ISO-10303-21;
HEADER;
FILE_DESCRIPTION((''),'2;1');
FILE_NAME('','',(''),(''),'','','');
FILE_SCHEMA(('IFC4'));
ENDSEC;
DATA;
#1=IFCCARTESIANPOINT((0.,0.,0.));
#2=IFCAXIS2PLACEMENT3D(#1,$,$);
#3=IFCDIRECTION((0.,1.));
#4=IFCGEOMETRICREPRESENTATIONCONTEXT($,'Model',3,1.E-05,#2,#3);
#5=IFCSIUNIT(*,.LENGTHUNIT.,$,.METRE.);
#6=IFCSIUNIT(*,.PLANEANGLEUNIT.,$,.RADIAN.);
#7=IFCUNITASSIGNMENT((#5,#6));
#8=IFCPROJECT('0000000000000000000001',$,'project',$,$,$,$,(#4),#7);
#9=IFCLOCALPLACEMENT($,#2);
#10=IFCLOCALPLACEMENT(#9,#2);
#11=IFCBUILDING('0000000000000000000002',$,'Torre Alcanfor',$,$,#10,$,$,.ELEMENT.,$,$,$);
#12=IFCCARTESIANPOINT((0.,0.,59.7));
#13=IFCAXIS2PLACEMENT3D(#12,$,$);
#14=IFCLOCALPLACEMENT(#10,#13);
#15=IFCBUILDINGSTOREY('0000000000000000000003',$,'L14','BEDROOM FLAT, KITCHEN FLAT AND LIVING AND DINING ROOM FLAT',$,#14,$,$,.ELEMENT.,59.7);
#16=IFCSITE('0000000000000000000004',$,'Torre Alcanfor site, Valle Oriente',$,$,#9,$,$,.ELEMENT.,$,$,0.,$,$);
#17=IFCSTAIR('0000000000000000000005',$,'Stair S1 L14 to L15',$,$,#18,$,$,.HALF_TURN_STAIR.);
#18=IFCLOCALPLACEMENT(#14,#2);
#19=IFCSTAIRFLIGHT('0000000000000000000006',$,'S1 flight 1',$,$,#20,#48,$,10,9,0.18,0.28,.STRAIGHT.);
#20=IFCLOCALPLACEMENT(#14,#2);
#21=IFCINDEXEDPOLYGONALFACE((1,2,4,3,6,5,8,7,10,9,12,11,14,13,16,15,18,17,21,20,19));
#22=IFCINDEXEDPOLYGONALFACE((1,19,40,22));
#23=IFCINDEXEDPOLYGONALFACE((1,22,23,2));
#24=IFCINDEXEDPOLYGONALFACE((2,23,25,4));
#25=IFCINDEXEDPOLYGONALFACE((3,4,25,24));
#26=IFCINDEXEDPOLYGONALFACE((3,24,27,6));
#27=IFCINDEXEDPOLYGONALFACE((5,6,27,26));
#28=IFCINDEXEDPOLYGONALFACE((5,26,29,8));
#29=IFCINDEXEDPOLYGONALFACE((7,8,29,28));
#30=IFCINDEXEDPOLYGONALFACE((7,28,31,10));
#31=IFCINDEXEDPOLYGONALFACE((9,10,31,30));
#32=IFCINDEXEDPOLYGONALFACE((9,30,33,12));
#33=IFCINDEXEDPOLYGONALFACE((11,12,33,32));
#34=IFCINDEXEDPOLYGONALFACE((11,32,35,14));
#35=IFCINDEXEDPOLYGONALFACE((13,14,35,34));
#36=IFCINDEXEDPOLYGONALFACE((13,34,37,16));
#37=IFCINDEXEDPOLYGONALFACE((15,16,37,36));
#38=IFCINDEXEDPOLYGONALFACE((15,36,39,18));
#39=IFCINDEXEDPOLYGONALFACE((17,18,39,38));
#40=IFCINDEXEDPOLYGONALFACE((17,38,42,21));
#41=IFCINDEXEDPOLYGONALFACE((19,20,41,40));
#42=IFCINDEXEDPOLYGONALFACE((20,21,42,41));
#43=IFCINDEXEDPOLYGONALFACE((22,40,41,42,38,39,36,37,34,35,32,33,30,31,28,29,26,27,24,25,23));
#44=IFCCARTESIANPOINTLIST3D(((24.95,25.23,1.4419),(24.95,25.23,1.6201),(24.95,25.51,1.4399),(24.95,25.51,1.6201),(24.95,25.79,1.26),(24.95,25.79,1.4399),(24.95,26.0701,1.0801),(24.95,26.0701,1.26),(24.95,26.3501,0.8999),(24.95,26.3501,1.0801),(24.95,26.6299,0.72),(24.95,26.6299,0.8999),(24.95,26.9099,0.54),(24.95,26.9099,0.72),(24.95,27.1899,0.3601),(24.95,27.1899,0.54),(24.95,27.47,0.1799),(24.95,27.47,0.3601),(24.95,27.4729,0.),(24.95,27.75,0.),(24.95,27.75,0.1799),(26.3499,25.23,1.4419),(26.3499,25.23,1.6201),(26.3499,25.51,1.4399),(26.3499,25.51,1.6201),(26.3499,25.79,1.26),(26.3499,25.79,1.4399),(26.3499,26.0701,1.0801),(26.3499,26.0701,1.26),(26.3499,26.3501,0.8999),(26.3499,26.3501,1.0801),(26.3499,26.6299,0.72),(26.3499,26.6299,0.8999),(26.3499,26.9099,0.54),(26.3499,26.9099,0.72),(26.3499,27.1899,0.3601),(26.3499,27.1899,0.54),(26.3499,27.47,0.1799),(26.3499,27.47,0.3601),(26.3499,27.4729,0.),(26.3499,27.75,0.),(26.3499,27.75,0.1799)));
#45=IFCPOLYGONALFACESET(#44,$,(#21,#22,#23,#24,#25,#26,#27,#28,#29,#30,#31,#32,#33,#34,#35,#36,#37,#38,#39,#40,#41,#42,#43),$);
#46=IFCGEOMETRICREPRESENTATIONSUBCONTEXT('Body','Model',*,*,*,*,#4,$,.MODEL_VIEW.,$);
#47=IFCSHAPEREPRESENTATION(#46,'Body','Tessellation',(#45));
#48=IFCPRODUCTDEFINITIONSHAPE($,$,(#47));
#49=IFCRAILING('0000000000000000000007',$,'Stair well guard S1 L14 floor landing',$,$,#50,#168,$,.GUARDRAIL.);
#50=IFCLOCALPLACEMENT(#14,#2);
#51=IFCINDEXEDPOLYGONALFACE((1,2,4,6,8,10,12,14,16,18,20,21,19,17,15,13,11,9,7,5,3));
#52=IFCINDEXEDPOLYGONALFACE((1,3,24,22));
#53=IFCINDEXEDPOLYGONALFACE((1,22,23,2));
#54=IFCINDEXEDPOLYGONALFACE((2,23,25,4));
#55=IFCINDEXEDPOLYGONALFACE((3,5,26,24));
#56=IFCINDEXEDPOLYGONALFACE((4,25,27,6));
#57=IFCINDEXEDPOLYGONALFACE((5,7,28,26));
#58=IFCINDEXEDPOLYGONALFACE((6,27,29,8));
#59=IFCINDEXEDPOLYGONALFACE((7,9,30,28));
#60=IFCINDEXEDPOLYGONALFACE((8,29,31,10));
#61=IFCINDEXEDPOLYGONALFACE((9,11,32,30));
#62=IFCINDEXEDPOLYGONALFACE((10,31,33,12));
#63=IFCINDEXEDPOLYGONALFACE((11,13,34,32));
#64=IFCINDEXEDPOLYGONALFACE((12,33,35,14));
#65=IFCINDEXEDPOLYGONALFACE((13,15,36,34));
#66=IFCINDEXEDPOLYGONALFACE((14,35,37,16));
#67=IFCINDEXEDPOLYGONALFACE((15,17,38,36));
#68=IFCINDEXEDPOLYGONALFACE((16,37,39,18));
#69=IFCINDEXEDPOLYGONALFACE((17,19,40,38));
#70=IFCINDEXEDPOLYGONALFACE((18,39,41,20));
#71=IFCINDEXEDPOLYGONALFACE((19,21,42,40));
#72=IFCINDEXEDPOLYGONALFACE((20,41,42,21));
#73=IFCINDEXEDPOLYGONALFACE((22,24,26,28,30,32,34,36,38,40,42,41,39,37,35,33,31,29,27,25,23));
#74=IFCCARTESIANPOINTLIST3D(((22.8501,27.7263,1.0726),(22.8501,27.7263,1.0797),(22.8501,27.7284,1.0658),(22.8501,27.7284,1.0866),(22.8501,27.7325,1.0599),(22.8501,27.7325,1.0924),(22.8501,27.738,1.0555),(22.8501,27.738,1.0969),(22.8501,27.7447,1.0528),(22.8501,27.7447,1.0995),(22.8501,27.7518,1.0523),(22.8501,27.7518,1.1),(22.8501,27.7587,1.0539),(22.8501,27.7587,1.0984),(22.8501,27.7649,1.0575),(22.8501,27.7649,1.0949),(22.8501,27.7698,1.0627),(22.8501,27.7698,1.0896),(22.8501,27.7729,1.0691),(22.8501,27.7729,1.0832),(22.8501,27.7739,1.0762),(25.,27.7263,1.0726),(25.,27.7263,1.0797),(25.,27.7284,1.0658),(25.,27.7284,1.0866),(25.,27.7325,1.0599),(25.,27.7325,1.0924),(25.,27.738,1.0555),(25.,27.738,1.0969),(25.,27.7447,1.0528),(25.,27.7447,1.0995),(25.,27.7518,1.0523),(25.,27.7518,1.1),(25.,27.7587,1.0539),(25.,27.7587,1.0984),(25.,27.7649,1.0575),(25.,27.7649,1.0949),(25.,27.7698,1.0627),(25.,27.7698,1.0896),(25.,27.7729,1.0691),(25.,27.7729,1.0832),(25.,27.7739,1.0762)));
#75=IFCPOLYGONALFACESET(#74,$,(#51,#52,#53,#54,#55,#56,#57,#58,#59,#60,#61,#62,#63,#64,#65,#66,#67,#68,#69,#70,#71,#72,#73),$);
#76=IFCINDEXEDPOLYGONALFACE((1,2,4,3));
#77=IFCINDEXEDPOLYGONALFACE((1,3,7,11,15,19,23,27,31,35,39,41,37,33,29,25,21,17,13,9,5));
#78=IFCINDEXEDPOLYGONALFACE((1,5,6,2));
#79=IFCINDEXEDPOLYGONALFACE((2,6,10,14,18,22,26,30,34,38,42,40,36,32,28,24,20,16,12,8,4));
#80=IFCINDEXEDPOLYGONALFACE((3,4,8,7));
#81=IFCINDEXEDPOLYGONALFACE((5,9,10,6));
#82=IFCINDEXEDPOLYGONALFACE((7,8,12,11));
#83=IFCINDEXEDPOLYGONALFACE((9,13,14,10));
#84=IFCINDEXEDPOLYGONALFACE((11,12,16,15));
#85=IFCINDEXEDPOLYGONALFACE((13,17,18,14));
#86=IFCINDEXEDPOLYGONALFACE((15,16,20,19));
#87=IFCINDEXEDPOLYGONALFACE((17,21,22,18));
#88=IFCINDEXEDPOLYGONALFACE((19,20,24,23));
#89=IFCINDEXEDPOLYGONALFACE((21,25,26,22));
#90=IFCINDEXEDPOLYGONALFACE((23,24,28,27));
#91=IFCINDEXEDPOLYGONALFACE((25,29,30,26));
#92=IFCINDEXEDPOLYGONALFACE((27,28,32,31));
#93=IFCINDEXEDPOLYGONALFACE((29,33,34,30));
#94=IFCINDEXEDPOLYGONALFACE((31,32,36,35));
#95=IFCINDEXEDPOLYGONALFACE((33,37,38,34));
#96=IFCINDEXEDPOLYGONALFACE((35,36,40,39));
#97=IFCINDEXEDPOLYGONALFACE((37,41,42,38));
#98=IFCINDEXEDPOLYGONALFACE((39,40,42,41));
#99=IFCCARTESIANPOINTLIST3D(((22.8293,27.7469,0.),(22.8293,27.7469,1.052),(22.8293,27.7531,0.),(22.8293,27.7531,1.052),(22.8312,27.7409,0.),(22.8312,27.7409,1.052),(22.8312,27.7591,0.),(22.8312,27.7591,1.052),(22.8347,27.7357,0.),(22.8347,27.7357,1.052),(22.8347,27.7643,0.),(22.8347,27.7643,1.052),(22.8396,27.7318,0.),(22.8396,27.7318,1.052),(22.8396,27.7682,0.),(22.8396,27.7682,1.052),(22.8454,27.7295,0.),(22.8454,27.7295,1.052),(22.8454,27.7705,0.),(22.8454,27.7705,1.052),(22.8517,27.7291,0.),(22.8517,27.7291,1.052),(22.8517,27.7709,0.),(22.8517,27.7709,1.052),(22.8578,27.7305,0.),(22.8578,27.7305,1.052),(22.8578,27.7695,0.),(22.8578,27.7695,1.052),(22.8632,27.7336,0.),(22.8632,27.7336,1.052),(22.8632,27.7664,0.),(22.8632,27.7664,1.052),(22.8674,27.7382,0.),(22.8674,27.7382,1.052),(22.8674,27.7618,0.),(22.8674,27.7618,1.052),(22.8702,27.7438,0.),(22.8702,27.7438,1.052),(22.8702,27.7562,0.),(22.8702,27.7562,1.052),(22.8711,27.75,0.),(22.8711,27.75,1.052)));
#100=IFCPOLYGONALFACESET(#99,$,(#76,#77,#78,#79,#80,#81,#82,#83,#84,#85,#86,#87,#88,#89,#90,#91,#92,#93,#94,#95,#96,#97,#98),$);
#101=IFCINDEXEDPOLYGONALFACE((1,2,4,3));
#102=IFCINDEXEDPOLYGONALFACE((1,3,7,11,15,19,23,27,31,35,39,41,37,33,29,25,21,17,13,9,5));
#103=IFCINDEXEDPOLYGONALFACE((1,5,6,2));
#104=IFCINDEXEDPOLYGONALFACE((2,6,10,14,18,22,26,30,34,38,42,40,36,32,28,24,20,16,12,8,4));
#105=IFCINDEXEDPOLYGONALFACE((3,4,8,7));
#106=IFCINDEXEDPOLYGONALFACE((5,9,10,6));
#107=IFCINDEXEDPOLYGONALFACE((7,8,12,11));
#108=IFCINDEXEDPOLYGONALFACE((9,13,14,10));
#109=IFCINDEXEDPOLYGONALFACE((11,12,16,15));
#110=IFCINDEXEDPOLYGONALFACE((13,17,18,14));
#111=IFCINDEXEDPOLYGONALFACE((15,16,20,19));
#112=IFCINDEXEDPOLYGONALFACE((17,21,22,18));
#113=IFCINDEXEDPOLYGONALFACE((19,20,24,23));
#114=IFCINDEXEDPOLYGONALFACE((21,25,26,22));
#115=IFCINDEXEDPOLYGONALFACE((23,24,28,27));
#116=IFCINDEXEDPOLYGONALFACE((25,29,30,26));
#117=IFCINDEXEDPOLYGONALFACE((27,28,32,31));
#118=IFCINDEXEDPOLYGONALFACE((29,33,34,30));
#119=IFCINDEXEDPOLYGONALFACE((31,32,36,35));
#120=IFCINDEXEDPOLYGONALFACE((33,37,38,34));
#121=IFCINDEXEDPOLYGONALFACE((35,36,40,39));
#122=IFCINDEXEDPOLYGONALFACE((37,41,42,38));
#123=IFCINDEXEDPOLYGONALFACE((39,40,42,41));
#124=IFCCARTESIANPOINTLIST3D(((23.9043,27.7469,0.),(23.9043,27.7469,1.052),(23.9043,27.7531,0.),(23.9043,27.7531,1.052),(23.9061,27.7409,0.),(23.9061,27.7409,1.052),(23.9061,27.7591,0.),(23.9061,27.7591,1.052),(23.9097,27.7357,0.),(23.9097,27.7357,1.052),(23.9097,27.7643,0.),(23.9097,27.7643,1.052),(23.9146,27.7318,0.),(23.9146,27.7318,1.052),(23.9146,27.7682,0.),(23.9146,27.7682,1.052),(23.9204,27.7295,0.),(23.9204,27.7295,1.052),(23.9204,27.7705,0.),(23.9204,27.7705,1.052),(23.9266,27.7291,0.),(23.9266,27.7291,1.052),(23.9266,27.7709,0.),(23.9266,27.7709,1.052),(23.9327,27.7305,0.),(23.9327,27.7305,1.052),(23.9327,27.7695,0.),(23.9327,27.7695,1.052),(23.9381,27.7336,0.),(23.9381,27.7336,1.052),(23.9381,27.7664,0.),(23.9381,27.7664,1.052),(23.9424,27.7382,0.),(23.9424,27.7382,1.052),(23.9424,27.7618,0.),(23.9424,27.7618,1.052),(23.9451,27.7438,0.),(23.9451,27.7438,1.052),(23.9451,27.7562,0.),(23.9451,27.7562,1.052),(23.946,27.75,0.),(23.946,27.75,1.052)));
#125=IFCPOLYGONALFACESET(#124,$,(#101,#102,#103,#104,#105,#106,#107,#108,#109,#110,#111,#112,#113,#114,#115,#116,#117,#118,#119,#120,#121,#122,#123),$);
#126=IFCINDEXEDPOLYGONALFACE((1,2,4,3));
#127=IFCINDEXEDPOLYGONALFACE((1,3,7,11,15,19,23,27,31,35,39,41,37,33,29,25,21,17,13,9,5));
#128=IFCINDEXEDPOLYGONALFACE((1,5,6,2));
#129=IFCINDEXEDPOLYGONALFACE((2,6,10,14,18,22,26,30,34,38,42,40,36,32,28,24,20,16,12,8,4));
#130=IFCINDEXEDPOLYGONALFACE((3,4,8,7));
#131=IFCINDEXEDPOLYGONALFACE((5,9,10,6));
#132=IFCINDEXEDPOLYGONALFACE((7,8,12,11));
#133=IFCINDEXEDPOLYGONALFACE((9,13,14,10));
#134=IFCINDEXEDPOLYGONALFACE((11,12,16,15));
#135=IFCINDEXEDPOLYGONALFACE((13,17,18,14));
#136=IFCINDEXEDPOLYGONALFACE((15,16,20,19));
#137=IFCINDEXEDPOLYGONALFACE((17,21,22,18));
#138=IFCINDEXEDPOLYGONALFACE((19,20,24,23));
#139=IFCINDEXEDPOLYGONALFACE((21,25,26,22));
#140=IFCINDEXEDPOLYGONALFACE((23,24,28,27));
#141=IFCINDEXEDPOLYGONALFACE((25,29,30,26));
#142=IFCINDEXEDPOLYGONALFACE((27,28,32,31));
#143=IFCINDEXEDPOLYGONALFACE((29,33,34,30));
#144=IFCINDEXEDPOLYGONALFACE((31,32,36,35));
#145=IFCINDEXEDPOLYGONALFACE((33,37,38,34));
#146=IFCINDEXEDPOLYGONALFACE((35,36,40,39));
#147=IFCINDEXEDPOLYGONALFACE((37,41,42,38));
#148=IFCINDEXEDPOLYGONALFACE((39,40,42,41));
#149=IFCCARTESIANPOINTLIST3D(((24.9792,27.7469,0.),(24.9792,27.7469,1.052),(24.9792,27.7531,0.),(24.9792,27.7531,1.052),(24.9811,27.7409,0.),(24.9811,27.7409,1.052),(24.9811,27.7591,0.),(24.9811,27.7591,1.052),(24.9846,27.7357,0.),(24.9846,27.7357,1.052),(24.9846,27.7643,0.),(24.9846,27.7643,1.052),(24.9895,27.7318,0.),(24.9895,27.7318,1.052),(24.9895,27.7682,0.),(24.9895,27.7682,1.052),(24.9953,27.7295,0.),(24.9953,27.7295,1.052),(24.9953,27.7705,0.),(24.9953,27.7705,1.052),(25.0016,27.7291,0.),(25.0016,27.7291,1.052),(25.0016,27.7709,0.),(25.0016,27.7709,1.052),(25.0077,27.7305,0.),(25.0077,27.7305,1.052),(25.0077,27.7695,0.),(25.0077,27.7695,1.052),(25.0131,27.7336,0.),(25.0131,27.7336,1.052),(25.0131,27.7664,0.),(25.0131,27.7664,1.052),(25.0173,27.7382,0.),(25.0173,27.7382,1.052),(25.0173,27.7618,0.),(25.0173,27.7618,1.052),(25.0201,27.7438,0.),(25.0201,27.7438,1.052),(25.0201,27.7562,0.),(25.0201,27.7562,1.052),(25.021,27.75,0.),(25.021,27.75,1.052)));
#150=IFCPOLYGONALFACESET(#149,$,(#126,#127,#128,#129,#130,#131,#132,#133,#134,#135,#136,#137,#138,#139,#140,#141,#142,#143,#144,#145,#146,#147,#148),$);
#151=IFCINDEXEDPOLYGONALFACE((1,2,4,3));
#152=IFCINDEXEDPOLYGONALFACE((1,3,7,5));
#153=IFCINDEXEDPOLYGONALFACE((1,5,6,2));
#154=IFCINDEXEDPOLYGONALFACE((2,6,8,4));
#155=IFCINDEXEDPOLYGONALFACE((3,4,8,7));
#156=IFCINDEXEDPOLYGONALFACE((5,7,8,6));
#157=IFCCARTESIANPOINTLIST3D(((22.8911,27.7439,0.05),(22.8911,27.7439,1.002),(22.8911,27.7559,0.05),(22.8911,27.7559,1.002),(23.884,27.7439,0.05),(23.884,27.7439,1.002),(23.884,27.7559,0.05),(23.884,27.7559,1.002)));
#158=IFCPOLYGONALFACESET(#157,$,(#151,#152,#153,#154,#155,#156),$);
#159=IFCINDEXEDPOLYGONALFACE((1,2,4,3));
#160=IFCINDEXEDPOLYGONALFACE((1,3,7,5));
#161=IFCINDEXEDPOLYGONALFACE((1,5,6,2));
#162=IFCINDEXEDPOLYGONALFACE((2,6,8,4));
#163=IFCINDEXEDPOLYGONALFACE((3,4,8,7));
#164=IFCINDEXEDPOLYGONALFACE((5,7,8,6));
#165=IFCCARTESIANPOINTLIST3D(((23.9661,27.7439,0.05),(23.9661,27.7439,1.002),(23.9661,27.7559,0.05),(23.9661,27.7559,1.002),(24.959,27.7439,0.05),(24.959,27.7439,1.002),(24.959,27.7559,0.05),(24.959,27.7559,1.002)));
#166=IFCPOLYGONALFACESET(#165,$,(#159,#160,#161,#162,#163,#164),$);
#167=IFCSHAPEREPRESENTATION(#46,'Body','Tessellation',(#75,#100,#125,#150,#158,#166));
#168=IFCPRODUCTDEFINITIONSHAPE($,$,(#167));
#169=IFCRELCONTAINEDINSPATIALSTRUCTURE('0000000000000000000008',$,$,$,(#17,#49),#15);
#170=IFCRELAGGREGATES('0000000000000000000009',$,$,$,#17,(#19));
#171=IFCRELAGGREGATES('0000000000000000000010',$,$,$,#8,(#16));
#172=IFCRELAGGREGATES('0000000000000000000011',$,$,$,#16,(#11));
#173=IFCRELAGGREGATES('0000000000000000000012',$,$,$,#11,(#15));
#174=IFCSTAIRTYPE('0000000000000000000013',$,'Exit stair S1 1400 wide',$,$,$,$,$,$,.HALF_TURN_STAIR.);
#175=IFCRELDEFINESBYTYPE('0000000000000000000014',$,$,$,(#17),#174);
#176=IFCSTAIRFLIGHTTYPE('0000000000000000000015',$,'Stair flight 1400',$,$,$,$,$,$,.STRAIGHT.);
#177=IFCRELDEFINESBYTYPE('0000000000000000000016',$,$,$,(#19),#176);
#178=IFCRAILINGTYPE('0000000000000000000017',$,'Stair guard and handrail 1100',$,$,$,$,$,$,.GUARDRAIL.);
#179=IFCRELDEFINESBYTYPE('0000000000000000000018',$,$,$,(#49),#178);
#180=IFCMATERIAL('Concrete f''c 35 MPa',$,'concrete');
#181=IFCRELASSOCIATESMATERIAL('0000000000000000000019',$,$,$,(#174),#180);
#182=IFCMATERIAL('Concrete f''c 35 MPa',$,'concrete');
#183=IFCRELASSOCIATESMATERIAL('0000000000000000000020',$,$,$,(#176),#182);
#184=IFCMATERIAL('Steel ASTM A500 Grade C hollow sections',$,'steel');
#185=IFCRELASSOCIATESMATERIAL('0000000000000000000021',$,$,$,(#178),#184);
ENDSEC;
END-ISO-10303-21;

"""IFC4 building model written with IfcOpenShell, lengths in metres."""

from ifc_helpers import new_model, si_unit, direction, frame, origin, origin_2d, place, context, subcontext, project, spatial, polyline, circle, outline, extrude, material, type_object, element, aggregate, save


model = new_model("IFC4")

# Units and contexts
model_context = context("Model", 3, precision=1e-05, world=origin(), true_north=direction((0.0, 1.0)))
body_context = subcontext(model_context, "Body", "Model", "MODEL_VIEW")
ifc_project = project(units=[si_unit("LENGTHUNIT", "METRE"), si_unit("PLANEANGLEUNIT", "RADIAN")], contexts=[model_context])

# Site, building, storey
site_placement = place(None, origin())
site = spatial("IfcSite", under=ifc_project, at=site_placement, Name="Torre Alcanfor site, Valle Oriente", CompositionType="ELEMENT", RefElevation=0.0)
building_placement = place(site_placement, origin())
building = spatial("IfcBuilding", under=site, at=building_placement, Name="Torre Alcanfor", CompositionType="ELEMENT")
storey_placement = place(building_placement, frame((0.0, 0.0, 59.7)))
storey = spatial("IfcBuildingStorey", under=building, at=storey_placement, Name="L14", Description="BEDROOM FLAT, KITCHEN FLAT AND LIVING AND DINING ROOM FLAT", CompositionType="ELEMENT", Elevation=59.7)

# Stair, stair flight
ifc_material_1 = material(Name="Concrete f'c 35 MPa", Category="concrete")
stair_type = type_object("IfcStairType", Name="Exit stair S1 1400 wide", PredefinedType="HALF_TURN_STAIR", material=ifc_material_1)
stair_placement = place(storey_placement, origin())
stair = element("IfcStair", 1, at=stair_placement, inside=storey, type_object=stair_type, Name="Stair S1 L14 to L15", PredefinedType="HALF_TURN_STAIR")
ifc_material_2 = material(Name="Concrete f'c 35 MPa", Category="concrete")
stair_flight_type = type_object("IfcStairFlightType", Name="Stair flight 1400", PredefinedType="STRAIGHT", material=ifc_material_2)
stair_flight_placement = place(storey_placement, frame((25.6499, 27.75, 0.0), z_axis=(0.0, 0.0, 1.0), x_axis=(0.0, -1.0, 0.0)))
stair_flight = element("IfcStairFlight", 2, at=stair_flight_placement, type_object=stair_flight_type, Name="S1 flight 1", NumberOfRisers=10, NumberOfTreads=9, PredefinedType="STRAIGHT", RiserHeight=0.18, TreadLength=0.28, context=body_context, shape_type="SweptSolid", body=[
    extrude(outline(polyline([(0.0, 0.0), (0.0, 0.1799), (0.28, 0.1799), (0.28, 0.3601), (0.5601, 0.3601), (0.5601, 0.54), (0.8401, 0.54), (0.8401, 0.72), (1.1201, 0.72), (1.1201, 0.8999), (1.3999, 0.8999), (1.3999, 1.0801), (1.6799, 1.0801), (1.6799, 1.26), (1.96, 1.26), (1.96, 1.4399), (2.24, 1.4399), (2.24, 1.6201), (2.52, 1.6201), (2.52, 1.8), (2.52, 1.4419), (0.2771, 0.0), (0.0, 0.0)])), frame((0.0, 0.7, 0.0), z_axis=(0.0, -1.0, 0.0), x_axis=(1.0, 0.0, 0.0)), (0.0, 0.0, 1.0), 1.3999),
])
aggregate(stair, [stair_flight])

# Railing
ifc_material_3 = material(Name="Steel ASTM A500 Grade C hollow sections", Category="steel")
railing_type_1 = type_object("IfcRailingType", Name="Stair guard and handrail 1100", PredefinedType="GUARDRAIL", material=ifc_material_3)
railing_1_placement = place(storey_placement, frame((22.8501, 27.75, 0.0)))
element("IfcRailing", 3, at=railing_1_placement, inside=storey, type_object=railing_type_1, Name="Stair well guard S1 L14 floor landing", PredefinedType="GUARDRAIL", context=body_context, shape_type="SweptSolid", body=[
    extrude(circle(Radius=0.0239, at=origin_2d()), frame((0.0, 0.0, 1.0762), z_axis=(1.0, 0.0, 0.0), x_axis=(0.0, 1.0, 0.0)), (0.0, 0.0, 1.0), 2.1499),
    extrude(circle(Radius=0.021, at=origin_2d()), origin(), (0.0, 0.0, 1.0), 1.052),
    extrude(circle(Radius=0.021, at=origin_2d()), frame((1.075, 0.0, 0.0)), (0.0, 0.0, 1.0), 1.052),
    extrude(circle(Radius=0.021, at=origin_2d()), frame((2.1499, 0.0, 0.0)), (0.0, 0.0, 1.0), 1.052),
    extrude(outline(polyline([(0.041, 0.05), (1.0339, 0.05), (1.0339, 1.002), (0.041, 1.002), (0.041, 0.05)])), frame((0.0, 0.0059, 0.0), z_axis=(0.0, -1.0, 0.0), x_axis=(1.0, 0.0, 0.0)), (0.0, 0.0, 1.0), 0.012),
    extrude(outline(polyline([(1.116, 0.05), (2.1089, 0.05), (2.1089, 1.002), (1.116, 1.002), (1.116, 0.05)])), frame((0.0, 0.0059, 0.0), z_axis=(0.0, -1.0, 0.0), x_axis=(1.0, 0.0, 0.0)), (0.0, 0.0, 1.0), 0.012),
])

save(model, "model.ifc")
